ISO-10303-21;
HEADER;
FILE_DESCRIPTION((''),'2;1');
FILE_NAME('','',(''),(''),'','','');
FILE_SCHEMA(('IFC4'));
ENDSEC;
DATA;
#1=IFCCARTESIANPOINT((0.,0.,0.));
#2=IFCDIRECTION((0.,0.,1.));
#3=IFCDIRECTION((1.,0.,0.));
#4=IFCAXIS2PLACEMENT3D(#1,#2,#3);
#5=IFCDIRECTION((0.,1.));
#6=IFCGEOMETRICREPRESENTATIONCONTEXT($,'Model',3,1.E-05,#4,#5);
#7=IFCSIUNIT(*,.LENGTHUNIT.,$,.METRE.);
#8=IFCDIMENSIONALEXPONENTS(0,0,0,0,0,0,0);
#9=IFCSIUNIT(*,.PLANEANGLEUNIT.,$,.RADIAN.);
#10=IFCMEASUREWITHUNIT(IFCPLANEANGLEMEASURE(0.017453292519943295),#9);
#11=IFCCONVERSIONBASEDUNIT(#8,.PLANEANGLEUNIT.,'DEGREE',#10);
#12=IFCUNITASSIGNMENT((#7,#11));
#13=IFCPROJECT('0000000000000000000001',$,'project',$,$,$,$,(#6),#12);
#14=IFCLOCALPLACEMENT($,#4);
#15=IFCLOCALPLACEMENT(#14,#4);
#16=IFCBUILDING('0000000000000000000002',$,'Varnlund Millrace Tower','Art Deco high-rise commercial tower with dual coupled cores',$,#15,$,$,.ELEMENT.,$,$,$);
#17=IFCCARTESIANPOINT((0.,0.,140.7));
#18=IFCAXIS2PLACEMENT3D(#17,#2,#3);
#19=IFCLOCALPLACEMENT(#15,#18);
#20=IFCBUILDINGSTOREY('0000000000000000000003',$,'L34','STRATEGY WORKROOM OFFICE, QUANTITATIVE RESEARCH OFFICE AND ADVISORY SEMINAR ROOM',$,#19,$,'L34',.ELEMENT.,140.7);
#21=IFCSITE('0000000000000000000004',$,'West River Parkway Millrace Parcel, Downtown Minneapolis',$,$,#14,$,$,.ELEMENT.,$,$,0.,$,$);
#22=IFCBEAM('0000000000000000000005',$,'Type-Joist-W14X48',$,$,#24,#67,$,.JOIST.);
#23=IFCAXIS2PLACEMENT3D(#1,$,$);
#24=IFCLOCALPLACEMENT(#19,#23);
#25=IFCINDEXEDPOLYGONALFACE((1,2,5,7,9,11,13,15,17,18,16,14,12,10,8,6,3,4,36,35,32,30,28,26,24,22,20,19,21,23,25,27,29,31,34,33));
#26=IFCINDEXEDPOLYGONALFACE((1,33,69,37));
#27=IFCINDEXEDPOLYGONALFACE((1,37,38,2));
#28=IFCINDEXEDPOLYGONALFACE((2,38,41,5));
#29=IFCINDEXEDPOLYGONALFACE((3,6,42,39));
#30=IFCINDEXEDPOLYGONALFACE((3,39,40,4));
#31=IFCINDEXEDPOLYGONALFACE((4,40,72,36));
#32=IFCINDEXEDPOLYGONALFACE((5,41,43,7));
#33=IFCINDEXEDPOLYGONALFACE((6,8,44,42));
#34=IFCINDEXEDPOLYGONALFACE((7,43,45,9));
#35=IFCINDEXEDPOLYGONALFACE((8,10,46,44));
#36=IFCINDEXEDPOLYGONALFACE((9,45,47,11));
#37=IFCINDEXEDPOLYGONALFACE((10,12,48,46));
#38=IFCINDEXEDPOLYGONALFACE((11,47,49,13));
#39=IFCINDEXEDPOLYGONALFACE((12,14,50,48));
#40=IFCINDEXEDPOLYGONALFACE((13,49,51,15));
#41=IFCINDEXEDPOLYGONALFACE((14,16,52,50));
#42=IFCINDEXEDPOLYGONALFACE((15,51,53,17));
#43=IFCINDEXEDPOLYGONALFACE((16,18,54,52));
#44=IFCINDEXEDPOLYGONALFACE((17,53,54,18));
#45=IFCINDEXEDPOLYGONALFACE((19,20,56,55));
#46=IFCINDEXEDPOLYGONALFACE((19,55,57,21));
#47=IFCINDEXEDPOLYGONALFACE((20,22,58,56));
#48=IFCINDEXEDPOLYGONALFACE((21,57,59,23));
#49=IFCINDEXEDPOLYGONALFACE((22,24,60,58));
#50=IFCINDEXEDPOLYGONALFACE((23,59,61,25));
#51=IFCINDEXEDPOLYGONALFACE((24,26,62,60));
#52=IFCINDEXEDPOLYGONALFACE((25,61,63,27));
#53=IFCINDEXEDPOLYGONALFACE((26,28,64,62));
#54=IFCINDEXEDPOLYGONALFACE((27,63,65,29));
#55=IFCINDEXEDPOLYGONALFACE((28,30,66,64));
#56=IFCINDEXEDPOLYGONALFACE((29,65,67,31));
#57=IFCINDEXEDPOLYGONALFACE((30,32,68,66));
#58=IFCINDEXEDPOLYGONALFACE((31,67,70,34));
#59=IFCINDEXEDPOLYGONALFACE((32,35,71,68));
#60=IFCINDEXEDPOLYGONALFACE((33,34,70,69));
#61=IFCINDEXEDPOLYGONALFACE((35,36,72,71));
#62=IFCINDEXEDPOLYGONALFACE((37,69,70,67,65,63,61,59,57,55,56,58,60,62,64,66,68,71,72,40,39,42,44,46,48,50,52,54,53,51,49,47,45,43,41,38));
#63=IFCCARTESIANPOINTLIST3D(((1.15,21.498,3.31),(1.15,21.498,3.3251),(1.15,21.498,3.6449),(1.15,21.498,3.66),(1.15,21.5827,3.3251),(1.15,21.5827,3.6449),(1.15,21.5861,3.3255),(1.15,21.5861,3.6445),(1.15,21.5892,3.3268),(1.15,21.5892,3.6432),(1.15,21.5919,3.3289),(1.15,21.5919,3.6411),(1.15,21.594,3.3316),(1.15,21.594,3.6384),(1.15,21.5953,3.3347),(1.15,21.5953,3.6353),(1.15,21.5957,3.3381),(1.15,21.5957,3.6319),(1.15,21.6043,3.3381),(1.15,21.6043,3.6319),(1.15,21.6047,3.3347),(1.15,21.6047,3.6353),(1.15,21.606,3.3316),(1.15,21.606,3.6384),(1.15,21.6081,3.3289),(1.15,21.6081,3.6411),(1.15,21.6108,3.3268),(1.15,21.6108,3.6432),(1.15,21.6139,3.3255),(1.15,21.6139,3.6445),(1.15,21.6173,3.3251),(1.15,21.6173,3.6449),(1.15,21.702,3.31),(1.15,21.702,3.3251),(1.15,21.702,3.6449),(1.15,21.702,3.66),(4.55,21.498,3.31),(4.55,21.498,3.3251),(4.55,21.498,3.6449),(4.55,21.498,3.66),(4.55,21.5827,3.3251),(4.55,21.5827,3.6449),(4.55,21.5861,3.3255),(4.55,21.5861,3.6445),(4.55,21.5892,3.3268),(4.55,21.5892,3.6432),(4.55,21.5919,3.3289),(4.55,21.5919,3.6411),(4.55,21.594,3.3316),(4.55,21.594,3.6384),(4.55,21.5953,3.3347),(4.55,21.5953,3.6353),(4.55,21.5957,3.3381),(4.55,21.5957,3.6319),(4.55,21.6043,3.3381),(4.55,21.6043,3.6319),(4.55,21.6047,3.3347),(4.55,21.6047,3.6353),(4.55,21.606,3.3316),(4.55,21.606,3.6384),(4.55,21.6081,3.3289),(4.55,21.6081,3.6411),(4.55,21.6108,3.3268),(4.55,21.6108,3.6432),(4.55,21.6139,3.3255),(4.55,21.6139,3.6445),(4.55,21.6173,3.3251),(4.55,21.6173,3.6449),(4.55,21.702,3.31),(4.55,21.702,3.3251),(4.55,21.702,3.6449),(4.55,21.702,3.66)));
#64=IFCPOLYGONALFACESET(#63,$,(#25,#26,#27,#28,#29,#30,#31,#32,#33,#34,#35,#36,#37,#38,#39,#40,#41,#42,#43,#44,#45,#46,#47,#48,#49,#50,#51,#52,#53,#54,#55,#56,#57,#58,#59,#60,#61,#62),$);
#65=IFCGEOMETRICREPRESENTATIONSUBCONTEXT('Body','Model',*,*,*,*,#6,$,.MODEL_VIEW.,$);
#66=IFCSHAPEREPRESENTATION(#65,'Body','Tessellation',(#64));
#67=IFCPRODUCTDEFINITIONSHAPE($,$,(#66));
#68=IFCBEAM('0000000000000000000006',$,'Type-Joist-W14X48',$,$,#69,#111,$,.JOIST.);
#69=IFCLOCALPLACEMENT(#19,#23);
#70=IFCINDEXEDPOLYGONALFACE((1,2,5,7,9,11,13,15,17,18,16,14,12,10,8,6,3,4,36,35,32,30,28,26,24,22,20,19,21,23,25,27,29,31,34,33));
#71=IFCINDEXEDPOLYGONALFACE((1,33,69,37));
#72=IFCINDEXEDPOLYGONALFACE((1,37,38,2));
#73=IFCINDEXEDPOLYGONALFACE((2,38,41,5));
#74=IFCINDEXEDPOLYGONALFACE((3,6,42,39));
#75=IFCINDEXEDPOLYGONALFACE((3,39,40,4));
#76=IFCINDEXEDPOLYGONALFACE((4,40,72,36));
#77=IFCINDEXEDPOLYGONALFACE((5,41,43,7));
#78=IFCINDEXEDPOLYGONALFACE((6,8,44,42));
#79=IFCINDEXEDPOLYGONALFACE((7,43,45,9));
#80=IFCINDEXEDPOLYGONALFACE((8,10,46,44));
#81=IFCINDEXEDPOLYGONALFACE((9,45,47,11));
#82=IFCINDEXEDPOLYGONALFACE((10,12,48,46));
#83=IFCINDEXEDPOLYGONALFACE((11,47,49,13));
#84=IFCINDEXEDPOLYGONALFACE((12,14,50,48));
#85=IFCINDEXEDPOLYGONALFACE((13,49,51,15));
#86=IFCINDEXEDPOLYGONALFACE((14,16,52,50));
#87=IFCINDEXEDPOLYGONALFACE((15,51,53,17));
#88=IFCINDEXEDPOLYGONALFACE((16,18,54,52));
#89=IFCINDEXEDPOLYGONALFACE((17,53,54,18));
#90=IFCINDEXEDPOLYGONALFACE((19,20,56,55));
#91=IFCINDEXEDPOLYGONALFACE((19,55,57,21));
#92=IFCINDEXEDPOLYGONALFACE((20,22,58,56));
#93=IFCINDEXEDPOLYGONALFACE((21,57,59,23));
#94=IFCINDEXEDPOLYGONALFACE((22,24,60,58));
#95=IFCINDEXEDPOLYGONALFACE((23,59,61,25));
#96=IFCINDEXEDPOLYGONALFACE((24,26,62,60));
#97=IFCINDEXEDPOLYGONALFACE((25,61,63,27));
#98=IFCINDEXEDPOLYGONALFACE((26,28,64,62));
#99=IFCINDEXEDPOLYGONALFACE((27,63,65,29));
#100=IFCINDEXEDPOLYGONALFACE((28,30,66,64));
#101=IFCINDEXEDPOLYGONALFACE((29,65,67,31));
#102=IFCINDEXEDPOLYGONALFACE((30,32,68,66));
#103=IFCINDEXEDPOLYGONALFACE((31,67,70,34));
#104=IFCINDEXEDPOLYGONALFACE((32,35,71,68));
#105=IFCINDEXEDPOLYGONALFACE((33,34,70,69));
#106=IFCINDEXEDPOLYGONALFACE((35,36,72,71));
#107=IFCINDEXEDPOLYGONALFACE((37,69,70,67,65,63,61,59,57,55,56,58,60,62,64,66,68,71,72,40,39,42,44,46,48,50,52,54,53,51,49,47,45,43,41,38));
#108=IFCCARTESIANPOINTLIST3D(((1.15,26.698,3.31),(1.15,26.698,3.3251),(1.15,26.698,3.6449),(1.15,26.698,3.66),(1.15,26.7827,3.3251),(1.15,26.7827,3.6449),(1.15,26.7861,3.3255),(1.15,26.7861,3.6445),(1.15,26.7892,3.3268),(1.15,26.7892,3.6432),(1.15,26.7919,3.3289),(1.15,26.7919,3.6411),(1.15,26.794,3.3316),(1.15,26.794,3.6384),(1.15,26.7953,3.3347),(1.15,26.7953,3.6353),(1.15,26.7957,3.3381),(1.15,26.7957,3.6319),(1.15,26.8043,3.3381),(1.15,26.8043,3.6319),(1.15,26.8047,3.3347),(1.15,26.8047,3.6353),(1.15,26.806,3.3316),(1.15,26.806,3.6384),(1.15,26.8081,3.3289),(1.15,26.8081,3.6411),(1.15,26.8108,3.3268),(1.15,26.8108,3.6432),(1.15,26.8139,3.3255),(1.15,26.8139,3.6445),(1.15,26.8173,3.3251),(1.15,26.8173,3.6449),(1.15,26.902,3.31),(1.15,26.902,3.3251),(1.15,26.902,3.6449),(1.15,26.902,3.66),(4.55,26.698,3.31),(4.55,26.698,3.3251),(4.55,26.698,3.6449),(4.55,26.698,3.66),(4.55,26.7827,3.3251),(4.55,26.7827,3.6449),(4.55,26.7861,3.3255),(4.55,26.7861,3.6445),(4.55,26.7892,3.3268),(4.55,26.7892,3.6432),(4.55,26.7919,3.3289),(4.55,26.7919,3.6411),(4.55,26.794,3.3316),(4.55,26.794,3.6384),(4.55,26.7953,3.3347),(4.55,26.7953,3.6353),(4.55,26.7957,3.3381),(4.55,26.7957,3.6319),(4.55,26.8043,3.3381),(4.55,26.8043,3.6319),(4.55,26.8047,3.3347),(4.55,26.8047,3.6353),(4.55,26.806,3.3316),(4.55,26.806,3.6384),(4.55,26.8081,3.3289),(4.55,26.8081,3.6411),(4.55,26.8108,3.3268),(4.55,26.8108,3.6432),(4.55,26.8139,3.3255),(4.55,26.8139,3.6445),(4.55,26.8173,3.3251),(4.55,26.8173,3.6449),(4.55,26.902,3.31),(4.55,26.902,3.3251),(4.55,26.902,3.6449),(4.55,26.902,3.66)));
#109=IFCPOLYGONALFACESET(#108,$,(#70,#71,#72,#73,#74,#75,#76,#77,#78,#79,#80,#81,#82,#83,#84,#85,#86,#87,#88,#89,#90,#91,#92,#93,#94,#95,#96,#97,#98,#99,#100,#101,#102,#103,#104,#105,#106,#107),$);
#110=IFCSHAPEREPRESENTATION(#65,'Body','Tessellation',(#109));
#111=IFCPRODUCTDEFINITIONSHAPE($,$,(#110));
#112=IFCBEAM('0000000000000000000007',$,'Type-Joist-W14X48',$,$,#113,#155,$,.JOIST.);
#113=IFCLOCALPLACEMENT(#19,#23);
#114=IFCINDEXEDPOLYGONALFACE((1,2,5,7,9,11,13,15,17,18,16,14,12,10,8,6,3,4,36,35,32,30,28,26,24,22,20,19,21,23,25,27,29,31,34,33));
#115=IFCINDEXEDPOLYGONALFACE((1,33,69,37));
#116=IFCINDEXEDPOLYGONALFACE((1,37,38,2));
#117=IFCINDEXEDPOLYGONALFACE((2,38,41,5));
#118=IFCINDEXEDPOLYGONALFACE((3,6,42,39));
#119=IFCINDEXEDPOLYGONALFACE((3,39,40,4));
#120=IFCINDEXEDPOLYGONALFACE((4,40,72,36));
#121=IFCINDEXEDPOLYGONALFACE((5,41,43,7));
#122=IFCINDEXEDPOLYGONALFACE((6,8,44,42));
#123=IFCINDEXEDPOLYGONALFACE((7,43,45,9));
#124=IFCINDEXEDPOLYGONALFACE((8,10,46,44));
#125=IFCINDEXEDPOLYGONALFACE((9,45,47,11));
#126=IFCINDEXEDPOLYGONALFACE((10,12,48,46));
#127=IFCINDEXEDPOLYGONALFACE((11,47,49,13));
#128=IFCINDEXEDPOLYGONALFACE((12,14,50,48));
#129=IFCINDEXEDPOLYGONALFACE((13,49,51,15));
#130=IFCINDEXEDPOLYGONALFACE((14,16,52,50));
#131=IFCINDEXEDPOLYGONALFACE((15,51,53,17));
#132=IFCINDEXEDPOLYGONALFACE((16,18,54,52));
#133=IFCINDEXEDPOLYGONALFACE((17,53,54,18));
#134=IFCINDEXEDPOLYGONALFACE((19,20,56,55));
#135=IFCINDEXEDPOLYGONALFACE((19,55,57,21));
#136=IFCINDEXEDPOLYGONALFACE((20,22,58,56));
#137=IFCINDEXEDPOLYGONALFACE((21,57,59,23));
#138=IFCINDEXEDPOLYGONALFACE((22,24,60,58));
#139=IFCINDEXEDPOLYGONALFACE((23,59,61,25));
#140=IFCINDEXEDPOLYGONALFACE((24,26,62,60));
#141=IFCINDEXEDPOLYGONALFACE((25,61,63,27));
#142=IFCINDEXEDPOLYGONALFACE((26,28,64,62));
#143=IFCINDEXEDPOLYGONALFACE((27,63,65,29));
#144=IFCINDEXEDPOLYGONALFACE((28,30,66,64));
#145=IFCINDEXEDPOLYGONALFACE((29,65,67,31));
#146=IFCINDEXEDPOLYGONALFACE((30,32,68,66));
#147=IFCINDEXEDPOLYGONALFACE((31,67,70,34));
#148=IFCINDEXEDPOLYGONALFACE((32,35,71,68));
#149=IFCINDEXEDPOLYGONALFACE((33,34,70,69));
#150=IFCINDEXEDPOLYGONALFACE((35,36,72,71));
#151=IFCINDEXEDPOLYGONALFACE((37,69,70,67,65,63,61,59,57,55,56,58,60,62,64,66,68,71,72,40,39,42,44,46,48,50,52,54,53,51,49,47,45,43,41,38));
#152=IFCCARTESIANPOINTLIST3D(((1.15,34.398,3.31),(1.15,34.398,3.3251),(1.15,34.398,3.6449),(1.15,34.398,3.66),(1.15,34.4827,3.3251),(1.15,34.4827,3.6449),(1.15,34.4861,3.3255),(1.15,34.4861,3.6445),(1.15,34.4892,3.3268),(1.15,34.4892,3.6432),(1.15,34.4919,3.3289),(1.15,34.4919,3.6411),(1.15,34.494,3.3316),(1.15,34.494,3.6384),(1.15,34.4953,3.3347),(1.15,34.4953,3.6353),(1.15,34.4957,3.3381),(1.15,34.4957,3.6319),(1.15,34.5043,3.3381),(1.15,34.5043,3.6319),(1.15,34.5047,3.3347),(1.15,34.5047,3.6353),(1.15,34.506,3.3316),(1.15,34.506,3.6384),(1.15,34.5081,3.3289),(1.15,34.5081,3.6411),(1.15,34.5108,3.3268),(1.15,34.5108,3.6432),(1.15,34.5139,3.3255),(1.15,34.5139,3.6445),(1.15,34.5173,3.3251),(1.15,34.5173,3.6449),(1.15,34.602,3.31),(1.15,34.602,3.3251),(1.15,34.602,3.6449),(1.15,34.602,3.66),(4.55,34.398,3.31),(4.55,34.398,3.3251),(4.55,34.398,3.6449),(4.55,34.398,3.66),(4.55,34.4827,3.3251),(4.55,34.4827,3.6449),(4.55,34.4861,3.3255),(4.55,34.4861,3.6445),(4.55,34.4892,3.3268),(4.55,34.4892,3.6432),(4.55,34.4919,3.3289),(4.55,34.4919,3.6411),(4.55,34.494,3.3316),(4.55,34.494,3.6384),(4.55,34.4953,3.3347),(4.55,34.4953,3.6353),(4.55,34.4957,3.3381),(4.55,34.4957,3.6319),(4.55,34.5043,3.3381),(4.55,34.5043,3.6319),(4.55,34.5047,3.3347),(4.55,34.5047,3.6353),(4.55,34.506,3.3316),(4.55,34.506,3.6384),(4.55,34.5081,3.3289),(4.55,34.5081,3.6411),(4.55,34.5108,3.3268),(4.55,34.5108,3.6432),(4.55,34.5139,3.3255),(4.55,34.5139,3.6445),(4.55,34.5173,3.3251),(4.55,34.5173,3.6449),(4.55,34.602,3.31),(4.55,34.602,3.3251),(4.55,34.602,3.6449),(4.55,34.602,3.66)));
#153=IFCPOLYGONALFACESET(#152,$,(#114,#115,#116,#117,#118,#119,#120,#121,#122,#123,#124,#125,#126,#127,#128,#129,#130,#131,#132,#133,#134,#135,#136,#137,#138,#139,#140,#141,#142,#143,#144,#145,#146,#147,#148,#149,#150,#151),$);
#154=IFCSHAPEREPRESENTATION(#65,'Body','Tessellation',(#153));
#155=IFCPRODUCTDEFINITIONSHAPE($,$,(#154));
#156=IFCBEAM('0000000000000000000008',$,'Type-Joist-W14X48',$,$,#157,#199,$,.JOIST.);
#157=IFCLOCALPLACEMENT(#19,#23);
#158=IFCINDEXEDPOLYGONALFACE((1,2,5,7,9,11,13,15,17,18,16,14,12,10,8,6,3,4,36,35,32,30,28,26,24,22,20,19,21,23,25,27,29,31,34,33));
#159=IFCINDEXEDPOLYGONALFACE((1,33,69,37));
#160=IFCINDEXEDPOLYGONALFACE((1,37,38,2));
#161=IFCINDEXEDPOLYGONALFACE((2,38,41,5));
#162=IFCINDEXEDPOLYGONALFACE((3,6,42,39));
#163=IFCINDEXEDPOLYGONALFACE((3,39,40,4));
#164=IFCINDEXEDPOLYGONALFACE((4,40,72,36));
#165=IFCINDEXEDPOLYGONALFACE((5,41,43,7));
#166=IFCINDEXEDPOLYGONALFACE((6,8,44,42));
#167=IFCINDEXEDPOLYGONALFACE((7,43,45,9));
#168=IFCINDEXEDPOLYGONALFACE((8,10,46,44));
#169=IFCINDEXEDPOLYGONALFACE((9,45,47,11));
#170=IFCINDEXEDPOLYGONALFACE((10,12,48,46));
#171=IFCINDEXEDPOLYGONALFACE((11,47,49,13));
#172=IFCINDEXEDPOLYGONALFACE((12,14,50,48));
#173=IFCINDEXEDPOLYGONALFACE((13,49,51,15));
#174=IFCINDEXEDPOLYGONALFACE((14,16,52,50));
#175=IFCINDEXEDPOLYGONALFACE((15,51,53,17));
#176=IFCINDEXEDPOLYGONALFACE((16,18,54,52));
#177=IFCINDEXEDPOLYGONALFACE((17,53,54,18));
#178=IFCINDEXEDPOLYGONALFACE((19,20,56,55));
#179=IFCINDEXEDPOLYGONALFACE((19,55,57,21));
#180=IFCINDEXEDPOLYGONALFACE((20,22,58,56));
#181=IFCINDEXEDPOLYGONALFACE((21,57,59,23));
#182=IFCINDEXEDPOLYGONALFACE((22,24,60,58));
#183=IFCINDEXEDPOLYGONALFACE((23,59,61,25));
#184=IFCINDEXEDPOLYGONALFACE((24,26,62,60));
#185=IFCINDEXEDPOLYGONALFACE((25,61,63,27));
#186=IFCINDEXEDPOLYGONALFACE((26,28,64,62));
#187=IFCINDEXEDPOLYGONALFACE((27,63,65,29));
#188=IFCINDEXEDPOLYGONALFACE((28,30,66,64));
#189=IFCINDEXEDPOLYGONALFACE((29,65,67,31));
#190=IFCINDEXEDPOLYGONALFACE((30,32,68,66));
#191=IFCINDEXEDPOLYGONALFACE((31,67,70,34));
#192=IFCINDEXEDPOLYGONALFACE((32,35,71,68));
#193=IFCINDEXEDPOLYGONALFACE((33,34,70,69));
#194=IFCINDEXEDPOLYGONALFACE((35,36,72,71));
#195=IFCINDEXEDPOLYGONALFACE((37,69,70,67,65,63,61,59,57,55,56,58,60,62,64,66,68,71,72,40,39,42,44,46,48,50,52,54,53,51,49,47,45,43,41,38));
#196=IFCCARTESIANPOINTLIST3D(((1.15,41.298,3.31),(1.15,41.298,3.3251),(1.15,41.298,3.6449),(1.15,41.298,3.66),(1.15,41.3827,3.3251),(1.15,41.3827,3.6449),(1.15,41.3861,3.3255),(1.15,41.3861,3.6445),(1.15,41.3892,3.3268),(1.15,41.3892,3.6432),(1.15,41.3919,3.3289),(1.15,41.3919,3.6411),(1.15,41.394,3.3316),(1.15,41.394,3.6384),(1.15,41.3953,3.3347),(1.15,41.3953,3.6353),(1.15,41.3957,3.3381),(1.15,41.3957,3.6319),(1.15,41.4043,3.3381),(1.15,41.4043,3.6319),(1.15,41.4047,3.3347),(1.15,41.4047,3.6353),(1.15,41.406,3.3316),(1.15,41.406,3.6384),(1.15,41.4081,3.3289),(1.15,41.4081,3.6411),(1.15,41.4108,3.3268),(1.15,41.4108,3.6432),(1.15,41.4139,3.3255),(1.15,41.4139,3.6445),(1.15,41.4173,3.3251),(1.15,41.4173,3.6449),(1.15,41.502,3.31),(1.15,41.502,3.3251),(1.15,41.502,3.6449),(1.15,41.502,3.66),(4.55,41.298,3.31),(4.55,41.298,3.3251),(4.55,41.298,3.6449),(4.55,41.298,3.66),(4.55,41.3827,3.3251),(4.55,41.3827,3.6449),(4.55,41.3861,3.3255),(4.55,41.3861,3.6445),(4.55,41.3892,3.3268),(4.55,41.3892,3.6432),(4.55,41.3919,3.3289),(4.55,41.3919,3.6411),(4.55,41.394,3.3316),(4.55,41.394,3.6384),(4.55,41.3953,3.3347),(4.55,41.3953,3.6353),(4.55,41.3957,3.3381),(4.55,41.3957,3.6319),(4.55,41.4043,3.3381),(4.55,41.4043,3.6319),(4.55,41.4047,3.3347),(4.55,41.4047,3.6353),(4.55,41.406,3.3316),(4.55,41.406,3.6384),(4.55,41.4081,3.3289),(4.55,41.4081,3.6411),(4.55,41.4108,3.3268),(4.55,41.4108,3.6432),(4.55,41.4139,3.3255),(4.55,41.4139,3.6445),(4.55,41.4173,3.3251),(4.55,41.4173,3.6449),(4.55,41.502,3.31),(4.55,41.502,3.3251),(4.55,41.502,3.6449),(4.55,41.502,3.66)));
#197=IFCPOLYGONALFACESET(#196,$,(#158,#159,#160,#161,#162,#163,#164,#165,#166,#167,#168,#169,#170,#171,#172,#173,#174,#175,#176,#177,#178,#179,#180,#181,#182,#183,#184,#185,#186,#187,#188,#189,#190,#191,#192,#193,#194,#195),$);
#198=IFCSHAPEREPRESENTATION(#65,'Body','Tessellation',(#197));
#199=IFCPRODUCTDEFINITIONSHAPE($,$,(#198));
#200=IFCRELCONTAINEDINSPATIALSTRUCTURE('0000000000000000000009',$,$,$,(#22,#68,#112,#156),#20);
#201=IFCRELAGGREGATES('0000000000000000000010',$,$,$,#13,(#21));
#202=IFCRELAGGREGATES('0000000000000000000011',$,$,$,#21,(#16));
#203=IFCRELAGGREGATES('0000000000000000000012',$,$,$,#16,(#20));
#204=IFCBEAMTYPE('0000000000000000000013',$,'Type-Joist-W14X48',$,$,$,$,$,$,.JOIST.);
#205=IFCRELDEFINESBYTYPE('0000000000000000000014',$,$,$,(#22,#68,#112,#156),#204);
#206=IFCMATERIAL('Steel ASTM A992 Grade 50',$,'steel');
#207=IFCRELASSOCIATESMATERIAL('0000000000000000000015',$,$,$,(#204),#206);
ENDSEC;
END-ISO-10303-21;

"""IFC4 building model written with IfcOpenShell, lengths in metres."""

from ifc_helpers import new_model, entity, si_unit, converted_unit, direction, frame, origin_with_axes, origin_2d_with_axis, place, context, subcontext, project, spatial, i_section, extrude, material, material_profile, profile_set, type_object, element, save


model = new_model("IFC4")

# Units and contexts
model_context = context("Model", 3, precision=1e-05, world=origin_with_axes(), true_north=direction((0.0, 1.0)))
body_context = subcontext(model_context, "Body", "Model", "MODEL_VIEW")
ifc_project = project(units=[si_unit("LENGTHUNIT", "METRE"), converted_unit("PLANEANGLEUNIT", "DEGREE", entity("IfcPlaneAngleMeasure", 0.017453292519943295), si_unit("PLANEANGLEUNIT", "RADIAN"), dimensions=[0, 0, 0, 0, 0, 0, 0])], contexts=[model_context])

# Site, building, storey
site_placement = place(None, origin_with_axes())
site = spatial("IfcSite", under=ifc_project, at=site_placement, Name="West River Parkway Millrace Parcel, Downtown Minneapolis", CompositionType="ELEMENT", RefElevation=0.0)
building_placement = place(site_placement, origin_with_axes())
building = spatial("IfcBuilding", under=site, at=building_placement, Name="Varnlund Millrace Tower", Description="Art Deco high-rise commercial tower with dual coupled cores", CompositionType="ELEMENT")
storey_placement = place(building_placement, frame((0.0, 0.0, 140.7), z_axis=(0.0, 0.0, 1.0), x_axis=(1.0, 0.0, 0.0)))
storey = spatial("IfcBuildingStorey", under=building, at=storey_placement, Name="L34", Description="STRATEGY WORKROOM OFFICE, QUANTITATIVE RESEARCH OFFICE AND ADVISORY SEMINAR ROOM", LongName="L34", CompositionType="ELEMENT", Elevation=140.7)

# Beams
ifc_material_1 = material(Name="Steel ASTM A992 Grade 50", Category="steel")
ifc_material_profile_1 = material_profile(ifc_material_1, i_section(OverallWidth=0.204, OverallDepth=0.35, WebThickness=0.0086, FlangeThickness=0.0151, FilletRadius=0.013, at=origin_2d_with_axis()), Name="Steel ASTM A992 Grade 50")
ifc_profile_set_1 = profile_set([ifc_material_profile_1], Name="Steel ASTM A992 Grade 50")
beam_type_1 = type_object("IfcBeamType", Name="Type-Joist-W14X48", PredefinedType="JOIST", material=ifc_profile_set_1)
for number, where, z_axis, x_axis, name in (
    (1, (1.15, 21.6, 3.485), (1.0, 0.0, 0.0), (0.0, 1.0, 0.0), "Type-Joist-W14X48"),
    (2, (1.15, 26.8, 3.485), (1.0, 0.0, 0.0), (0.0, 1.0, 0.0), "Type-Joist-W14X48"),
    (3, (1.15, 34.5, 3.485), (1.0, 0.0, 0.0), (0.0, 1.0, 0.0), "Type-Joist-W14X48"),
    (4, (1.15, 41.4, 3.485), (1.0, 0.0, 0.0), (0.0, 1.0, 0.0), "Type-Joist-W14X48"),
):
    element("IfcBeam", number, at=place(storey_placement, frame(where, z_axis=z_axis, x_axis=x_axis)), inside=storey, type_object=beam_type_1, Name=name, PredefinedType="JOIST", context=body_context, shape_type="SweptSolid", body=[
        extrude(i_section(OverallWidth=0.204, OverallDepth=0.35, WebThickness=0.0086, FlangeThickness=0.0151, FilletRadius=0.013, at=origin_2d_with_axis()), origin_with_axes(), (0.0, 0.0, 1.0), 3.4),
    ])

save(model, "model.ifc")
